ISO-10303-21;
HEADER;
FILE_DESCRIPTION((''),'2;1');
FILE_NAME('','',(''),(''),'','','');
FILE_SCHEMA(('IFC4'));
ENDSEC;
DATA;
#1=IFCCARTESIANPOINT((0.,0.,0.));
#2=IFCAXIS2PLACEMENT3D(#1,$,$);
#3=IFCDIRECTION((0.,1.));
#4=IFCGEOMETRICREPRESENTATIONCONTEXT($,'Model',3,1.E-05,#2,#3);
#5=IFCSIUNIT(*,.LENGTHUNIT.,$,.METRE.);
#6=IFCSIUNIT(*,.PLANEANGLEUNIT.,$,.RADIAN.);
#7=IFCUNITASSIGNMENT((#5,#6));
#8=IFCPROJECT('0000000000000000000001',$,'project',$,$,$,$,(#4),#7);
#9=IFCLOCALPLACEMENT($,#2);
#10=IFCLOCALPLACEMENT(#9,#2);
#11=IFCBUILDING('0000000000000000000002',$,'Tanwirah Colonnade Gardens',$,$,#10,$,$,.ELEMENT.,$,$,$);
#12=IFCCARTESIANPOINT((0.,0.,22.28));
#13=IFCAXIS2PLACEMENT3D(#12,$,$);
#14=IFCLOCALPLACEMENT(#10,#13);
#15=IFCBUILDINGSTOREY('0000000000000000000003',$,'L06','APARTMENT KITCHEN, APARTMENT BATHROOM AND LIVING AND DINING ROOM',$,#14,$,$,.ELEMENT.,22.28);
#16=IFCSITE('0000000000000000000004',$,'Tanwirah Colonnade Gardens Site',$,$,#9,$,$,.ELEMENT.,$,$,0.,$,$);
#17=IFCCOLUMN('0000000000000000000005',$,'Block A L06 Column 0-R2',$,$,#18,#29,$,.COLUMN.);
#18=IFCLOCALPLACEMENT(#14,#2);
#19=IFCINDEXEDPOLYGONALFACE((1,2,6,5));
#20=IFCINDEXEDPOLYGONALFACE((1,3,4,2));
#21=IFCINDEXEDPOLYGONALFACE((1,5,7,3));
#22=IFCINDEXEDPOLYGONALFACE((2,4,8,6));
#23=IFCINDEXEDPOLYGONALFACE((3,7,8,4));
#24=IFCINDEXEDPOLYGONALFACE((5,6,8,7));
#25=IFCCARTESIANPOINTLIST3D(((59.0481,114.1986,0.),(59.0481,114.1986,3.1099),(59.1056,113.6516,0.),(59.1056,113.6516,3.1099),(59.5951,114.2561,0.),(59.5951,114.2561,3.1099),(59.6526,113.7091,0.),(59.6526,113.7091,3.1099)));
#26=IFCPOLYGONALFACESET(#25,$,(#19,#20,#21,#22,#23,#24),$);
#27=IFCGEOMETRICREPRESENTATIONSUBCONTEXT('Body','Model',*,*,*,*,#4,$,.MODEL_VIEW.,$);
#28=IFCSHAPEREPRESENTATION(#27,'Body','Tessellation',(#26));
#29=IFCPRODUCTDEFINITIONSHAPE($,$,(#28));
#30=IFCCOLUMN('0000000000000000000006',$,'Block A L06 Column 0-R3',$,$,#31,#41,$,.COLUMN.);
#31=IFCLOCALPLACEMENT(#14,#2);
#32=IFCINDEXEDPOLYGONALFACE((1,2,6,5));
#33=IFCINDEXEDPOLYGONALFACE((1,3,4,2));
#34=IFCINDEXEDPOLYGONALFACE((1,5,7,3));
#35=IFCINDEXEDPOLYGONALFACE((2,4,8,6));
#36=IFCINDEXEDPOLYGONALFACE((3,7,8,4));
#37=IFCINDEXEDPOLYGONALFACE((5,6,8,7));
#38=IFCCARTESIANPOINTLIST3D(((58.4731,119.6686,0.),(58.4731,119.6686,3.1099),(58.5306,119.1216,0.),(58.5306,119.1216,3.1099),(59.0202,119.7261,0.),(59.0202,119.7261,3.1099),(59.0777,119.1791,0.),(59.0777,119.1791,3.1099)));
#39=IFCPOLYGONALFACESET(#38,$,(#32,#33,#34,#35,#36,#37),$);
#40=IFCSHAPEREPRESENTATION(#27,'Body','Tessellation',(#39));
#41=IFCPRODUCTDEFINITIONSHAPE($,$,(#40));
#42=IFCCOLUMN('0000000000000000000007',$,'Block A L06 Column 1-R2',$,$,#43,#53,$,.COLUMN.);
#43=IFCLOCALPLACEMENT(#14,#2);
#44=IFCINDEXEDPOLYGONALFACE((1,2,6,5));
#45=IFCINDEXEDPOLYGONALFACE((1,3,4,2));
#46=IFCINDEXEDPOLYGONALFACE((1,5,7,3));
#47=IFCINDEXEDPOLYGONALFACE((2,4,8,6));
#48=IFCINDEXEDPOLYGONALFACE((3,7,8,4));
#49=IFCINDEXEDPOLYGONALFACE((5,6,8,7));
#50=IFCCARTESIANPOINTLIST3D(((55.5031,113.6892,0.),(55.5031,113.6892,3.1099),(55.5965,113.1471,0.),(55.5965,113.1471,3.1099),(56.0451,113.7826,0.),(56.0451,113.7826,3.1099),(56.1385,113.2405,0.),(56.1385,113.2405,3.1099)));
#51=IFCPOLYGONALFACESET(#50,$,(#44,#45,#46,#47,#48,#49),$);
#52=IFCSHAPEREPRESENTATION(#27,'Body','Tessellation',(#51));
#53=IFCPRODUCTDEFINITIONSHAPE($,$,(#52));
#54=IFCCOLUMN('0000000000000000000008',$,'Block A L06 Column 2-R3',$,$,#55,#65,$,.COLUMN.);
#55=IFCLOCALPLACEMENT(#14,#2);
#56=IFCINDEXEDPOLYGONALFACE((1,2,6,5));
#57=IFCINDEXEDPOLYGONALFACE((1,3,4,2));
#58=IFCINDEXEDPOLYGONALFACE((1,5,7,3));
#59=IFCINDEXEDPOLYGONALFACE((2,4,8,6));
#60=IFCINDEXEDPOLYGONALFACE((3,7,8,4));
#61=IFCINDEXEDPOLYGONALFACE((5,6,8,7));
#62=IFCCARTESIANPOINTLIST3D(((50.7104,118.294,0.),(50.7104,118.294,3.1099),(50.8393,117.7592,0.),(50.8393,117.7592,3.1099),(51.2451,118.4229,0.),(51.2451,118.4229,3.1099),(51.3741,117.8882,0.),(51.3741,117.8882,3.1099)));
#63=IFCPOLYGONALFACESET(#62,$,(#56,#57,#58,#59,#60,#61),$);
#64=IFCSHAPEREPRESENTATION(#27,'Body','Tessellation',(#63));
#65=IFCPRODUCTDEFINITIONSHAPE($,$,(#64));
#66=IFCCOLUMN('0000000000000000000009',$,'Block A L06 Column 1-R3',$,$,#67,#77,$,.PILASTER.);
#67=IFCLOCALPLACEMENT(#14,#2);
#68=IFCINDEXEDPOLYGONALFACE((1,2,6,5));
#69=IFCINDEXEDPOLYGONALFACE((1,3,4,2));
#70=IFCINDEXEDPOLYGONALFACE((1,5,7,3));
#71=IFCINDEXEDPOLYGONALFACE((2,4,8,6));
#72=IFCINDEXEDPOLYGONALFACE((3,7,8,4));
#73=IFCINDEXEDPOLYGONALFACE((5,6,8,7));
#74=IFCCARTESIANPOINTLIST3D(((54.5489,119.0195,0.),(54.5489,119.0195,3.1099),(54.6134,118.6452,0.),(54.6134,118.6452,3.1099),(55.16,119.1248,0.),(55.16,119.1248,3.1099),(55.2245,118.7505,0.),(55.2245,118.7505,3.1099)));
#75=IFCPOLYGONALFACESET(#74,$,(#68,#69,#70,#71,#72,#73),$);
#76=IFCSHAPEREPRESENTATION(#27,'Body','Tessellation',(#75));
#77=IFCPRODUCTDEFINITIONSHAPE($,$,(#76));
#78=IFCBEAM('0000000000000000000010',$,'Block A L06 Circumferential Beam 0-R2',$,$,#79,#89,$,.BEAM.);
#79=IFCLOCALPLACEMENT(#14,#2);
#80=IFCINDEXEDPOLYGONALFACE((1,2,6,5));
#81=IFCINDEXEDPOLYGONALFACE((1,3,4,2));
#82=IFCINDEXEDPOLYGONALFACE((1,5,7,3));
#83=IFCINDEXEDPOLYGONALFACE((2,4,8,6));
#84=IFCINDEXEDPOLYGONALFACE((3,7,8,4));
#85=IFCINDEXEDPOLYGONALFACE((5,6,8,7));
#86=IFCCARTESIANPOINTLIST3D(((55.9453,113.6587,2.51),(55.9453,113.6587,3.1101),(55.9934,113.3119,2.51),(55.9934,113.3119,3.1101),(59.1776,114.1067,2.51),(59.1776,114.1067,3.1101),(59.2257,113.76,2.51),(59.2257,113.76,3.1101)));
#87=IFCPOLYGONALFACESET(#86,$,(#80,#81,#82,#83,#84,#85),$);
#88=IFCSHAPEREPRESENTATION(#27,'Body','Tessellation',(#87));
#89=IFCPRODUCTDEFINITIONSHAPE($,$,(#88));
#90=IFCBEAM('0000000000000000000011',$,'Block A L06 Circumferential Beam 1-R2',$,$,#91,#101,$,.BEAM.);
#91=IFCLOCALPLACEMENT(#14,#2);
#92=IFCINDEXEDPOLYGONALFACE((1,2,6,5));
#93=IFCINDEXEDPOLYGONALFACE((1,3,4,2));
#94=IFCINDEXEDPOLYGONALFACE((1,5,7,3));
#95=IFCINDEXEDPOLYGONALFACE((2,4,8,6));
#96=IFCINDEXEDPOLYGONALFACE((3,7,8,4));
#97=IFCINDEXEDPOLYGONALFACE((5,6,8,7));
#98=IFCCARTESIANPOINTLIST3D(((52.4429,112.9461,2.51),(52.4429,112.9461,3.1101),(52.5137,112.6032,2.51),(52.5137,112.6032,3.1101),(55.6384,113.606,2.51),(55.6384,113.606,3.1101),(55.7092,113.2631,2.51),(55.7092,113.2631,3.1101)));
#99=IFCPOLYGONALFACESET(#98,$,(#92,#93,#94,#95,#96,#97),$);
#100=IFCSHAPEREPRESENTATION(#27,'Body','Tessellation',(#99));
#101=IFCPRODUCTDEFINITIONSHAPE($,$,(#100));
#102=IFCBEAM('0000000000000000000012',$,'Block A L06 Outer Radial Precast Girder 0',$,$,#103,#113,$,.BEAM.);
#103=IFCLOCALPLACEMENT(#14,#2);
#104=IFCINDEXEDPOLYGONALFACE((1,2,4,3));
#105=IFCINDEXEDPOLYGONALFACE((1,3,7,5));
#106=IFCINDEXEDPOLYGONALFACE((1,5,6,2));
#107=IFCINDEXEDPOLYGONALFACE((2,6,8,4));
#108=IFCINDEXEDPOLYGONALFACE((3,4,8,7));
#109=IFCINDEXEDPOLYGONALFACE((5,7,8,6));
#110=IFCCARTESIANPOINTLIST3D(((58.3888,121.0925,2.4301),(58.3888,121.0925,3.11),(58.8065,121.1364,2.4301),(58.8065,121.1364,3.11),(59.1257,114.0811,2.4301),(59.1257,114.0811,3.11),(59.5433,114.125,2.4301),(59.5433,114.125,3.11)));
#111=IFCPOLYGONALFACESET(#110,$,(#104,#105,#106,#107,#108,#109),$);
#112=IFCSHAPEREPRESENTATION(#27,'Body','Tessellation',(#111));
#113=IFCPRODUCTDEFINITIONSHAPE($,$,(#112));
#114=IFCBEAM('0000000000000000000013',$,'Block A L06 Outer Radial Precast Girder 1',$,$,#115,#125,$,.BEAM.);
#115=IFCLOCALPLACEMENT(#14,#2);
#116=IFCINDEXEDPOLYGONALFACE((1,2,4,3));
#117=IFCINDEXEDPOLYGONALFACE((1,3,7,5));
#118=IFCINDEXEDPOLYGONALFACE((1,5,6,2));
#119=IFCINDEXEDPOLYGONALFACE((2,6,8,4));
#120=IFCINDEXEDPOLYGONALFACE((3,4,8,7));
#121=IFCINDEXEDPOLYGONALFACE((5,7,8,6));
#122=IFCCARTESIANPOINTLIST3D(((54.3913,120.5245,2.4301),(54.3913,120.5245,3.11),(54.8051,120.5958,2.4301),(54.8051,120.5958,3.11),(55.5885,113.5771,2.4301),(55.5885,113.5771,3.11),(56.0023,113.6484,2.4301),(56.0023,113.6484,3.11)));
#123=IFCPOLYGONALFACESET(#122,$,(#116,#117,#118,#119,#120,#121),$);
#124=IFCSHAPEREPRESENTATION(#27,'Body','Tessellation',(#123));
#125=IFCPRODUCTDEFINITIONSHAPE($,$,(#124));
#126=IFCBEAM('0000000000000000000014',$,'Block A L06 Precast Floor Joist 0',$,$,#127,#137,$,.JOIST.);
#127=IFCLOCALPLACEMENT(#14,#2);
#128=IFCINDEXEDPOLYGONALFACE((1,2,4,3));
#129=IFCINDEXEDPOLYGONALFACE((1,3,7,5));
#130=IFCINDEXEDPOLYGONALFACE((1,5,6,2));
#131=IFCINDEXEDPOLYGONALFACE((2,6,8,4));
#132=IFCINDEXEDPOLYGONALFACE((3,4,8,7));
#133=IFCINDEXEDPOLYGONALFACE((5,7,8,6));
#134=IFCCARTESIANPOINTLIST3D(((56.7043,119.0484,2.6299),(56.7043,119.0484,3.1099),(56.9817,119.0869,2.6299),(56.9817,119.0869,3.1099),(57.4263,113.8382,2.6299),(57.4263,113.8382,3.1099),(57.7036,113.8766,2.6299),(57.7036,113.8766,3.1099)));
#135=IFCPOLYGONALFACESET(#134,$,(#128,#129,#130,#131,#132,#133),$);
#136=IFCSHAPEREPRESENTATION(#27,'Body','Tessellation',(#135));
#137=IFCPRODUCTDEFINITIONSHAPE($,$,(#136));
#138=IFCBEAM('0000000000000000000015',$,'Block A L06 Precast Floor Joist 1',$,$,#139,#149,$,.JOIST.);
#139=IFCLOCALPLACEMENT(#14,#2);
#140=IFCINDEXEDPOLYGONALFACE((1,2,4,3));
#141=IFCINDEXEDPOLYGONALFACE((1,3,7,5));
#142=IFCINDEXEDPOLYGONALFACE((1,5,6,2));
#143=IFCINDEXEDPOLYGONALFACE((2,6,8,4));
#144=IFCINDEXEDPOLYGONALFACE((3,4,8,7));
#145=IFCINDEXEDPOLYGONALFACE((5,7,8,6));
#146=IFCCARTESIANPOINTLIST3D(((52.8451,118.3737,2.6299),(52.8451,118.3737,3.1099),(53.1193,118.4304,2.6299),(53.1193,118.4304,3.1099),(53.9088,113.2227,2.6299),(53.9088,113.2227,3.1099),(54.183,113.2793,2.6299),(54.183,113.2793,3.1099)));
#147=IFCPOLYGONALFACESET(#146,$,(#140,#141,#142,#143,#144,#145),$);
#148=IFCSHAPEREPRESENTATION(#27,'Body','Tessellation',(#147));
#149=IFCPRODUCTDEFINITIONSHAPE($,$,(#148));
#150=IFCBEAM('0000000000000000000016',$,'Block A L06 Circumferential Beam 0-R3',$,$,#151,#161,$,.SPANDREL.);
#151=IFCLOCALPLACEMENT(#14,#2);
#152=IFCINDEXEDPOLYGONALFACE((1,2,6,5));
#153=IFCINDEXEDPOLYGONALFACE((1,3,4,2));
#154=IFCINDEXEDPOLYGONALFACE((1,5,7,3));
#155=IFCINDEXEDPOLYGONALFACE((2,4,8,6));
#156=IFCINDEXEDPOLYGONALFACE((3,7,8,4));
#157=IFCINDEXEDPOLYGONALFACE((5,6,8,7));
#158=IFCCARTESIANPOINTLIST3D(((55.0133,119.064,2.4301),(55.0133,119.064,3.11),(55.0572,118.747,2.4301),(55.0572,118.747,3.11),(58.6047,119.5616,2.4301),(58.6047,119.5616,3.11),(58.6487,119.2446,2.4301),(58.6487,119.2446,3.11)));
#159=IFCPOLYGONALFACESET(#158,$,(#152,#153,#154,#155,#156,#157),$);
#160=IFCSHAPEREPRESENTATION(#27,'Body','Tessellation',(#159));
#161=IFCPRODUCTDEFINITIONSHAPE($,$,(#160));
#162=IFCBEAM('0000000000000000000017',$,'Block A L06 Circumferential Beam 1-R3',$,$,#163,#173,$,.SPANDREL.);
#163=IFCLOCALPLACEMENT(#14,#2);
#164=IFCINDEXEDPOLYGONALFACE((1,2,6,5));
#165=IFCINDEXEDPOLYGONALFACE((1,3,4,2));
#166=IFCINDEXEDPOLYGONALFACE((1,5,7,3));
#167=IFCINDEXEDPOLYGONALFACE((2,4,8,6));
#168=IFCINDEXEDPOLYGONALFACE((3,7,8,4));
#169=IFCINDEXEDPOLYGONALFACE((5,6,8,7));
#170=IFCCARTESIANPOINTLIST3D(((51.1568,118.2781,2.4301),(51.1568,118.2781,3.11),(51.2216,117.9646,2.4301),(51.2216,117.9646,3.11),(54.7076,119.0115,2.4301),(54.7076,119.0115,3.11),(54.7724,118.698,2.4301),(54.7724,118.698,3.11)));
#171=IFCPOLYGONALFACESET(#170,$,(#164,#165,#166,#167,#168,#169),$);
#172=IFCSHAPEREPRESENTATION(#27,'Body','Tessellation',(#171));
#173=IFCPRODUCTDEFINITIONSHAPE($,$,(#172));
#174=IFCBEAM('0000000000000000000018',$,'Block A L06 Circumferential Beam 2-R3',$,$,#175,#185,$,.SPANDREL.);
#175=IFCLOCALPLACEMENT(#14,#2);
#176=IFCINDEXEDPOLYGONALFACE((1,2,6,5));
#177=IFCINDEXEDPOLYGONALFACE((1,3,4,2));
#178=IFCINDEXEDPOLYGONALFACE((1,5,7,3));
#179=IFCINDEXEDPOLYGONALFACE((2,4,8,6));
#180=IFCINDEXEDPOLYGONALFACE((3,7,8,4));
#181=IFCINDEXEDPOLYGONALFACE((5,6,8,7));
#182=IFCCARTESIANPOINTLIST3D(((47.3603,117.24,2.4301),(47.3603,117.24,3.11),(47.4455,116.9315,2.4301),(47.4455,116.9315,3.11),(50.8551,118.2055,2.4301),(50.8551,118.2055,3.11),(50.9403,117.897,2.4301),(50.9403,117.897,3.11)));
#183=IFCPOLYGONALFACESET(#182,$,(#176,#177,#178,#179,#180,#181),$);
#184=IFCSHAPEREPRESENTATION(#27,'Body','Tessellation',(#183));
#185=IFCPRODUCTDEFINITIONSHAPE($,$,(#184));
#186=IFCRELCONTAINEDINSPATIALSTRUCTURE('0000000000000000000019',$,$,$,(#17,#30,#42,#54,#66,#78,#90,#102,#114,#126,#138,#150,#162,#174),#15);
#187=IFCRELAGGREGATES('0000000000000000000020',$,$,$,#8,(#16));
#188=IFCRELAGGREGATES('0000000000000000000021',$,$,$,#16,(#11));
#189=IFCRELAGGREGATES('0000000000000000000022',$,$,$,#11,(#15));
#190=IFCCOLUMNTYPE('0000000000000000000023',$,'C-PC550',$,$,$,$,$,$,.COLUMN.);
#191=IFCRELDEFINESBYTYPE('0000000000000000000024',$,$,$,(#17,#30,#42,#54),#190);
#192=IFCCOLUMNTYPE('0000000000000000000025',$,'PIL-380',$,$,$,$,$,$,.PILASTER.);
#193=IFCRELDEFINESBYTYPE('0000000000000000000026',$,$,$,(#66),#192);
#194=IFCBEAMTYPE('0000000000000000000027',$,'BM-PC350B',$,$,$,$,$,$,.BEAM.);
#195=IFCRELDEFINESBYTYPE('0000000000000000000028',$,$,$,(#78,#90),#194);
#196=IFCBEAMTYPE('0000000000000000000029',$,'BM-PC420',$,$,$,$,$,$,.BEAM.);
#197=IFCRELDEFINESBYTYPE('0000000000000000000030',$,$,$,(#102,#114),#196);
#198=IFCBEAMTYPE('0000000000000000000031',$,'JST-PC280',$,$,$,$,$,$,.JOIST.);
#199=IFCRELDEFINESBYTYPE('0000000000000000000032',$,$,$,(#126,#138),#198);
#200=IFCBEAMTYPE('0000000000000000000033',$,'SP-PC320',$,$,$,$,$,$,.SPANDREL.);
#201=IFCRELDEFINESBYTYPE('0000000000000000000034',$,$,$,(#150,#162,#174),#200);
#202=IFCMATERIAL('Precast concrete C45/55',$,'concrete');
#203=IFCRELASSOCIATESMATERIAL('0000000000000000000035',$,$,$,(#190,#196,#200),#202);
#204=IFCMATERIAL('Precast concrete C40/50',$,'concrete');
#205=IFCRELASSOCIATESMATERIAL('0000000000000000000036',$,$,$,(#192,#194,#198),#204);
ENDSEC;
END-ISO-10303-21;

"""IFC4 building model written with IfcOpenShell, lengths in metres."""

from ifc_helpers import new_model, si_unit, direction, frame, origin, origin_2d, place, context, subcontext, project, spatial, rectangle, extrude, material, material_profile, profile_set, type_object, element, save


model = new_model("IFC4")

# Units and contexts
model_context = context("Model", 3, precision=1e-05, world=origin(), true_north=direction((0.0, 1.0)))
body_context = subcontext(model_context, "Body", "Model", "MODEL_VIEW")
ifc_project = project(units=[si_unit("LENGTHUNIT", "METRE"), si_unit("PLANEANGLEUNIT", "RADIAN")], contexts=[model_context])

# Site, building, storey
site_placement = place(None, origin())
site = spatial("IfcSite", under=ifc_project, at=site_placement, Name="Tanwirah Colonnade Gardens Site", CompositionType="ELEMENT", RefElevation=0.0)
building_placement = place(site_placement, origin())
building = spatial("IfcBuilding", under=site, at=building_placement, Name="Tanwirah Colonnade Gardens", CompositionType="ELEMENT")
storey_placement = place(building_placement, frame((0.0, 0.0, 22.28)))
storey = spatial("IfcBuildingStorey", under=building, at=storey_placement, Name="L06", Description="APARTMENT KITCHEN, APARTMENT BATHROOM AND LIVING AND DINING ROOM", CompositionType="ELEMENT", Elevation=22.28)

# Columns
ifc_material_1 = material(Name="Precast concrete C45/55", Category="concrete")
ifc_material_profile_1 = material_profile(ifc_material_1, rectangle(XDim=0.55, YDim=0.55, at=origin_2d()), Name="PC-COL 550x550")
ifc_profile_set_1 = profile_set([ifc_material_profile_1], Name="Precast concrete C45/55")
column_type_1 = type_object("IfcColumnType", Name="C-PC550", PredefinedType="COLUMN", material=ifc_profile_set_1)
for number, where, z_axis, x_axis, name in (
    (1, (59.3503, 113.9539, 0.0), (0.0, 0.0, 1.0), (-0.104528, 0.994522, 0.0), "Block A L06 Column 0-R2"),
    (2, (58.7754, 119.4238, 0.0), (0.0, 0.0, 1.0), (-0.104528, 0.994522, 0.0), "Block A L06 Column 0-R3"),
    (3, (55.8208, 113.4648, 0.0), (0.0, 0.0, 1.0), (-0.169827, 0.985474, 0.0), "Block A L06 Column 1-R2"),
    (4, (51.0422, 118.0911, 0.0), (0.0, 0.0, 1.0), (-0.234388, 0.972143, 0.0), "Block A L06 Column 2-R3"),
):
    element("IfcColumn", number, at=place(storey_placement, frame(where, z_axis=z_axis, x_axis=x_axis)), inside=storey, type_object=column_type_1, Name=name, PredefinedType="COLUMN", context=body_context, shape_type="SweptSolid", body=[
        extrude(rectangle(XDim=0.55, YDim=0.55, at=origin_2d()), origin(), (0.0, 0.0, 1.0), 3.1099),
    ])
ifc_material_2 = material(Name="Precast concrete C40/50", Category="concrete")
ifc_material_profile_2 = material_profile(ifc_material_2, rectangle(XDim=0.3799, YDim=0.6201, at=origin_2d()), Name="PC-PIL 380x620")
ifc_profile_set_2 = profile_set([ifc_material_profile_2], Name="Precast concrete C40/50")
column_type_2 = type_object("IfcColumnType", Name="PIL-380", PredefinedType="PILASTER", material=ifc_profile_set_2)
column_placement = place(storey_placement, frame((54.8867, 118.885, 0.0), z_axis=(0.0, 0.0, 1.0), x_axis=(-0.169827, 0.985474, 0.0)))
element("IfcColumn", 5, at=column_placement, inside=storey, type_object=column_type_2, Name="Block A L06 Column 1-R3", PredefinedType="PILASTER", context=body_context, shape_type="SweptSolid", body=[
    extrude(rectangle(XDim=0.3799, YDim=0.6201, at=origin_2d()), origin(), (0.0, 0.0, 1.0), 3.1099),
])

# Beams
ifc_material_profile_3 = material_profile(ifc_material_2, rectangle(XDim=0.3501, YDim=0.6001, at=origin_2d()), Name="PC-BM 350x600")
ifc_profile_set_3 = profile_set([ifc_material_profile_3], Name="Precast concrete C40/50")
beam_type_1 = type_object("IfcBeamType", Name="BM-PC350B", PredefinedType="BEAM", material=ifc_profile_set_3)
beam_1_placement = place(storey_placement, frame((59.2017, 113.9333, 2.8101), z_axis=(-0.99053, -0.137293, 0.0), x_axis=(0.137293, -0.99053, 0.0)))
element("IfcBeam", 6, at=beam_1_placement, inside=storey, type_object=beam_type_1, Name="Block A L06 Circumferential Beam 0-R2", PredefinedType="BEAM", context=body_context, shape_type="SweptSolid", body=[
    extrude(rectangle(XDim=0.3501, YDim=0.6001, at=origin_2d()), origin(), (0.0, 0.0, 1.0), 3.2632),
])
beam_2_placement = place(storey_placement, frame((55.6738, 113.4346, 2.8101), z_axis=(-0.979336, -0.202242, 0.0), x_axis=(0.202242, -0.979336, 0.0)))
element("IfcBeam", 7, at=beam_2_placement, inside=storey, type_object=beam_type_1, Name="Block A L06 Circumferential Beam 1-R2", PredefinedType="BEAM", context=body_context, shape_type="SweptSolid", body=[
    extrude(rectangle(XDim=0.3501, YDim=0.6001, at=origin_2d()), origin(), (0.0, 0.0, 1.0), 3.2629),
])
ifc_material_profile_4 = material_profile(ifc_material_1, rectangle(XDim=0.4199, YDim=0.6799, at=origin_2d()), Name="PC-BM 420x680")
ifc_profile_set_4 = profile_set([ifc_material_profile_4], Name="Precast concrete C45/55")
beam_type_2 = type_object("IfcBeamType", Name="BM-PC420", PredefinedType="BEAM", material=ifc_profile_set_4)
beam_3_placement = place(storey_placement, frame((59.3345, 114.103, 2.77), z_axis=(-0.104512, 0.994524, 0.0), x_axis=(-0.994524, -0.104512, 0.0)))
element("IfcBeam", 8, at=beam_3_placement, inside=storey, type_object=beam_type_2, Name="Block A L06 Outer Radial Precast Girder 0", PredefinedType="BEAM", context=body_context, shape_type="SweptSolid", body=[
    extrude(rectangle(XDim=0.4199, YDim=0.6799, at=origin_2d()), origin(), (0.0, 0.0, 1.0), 7.05),
])
beam_4_placement = place(storey_placement, frame((55.7954, 113.6128, 2.77), z_axis=(-0.169827, 0.985474, 0.0), x_axis=(-0.985474, -0.169827, 0.0)))
element("IfcBeam", 9, at=beam_4_placement, inside=storey, type_object=beam_type_2, Name="Block A L06 Outer Radial Precast Girder 1", PredefinedType="BEAM", context=body_context, shape_type="SweptSolid", body=[
    extrude(rectangle(XDim=0.4199, YDim=0.6799, at=origin_2d()), origin(), (0.0, 0.0, 1.0), 7.0498),
])
ifc_material_profile_5 = material_profile(ifc_material_2, rectangle(XDim=0.28, YDim=0.48, at=origin_2d()), Name="PC-JST 280x480")
ifc_profile_set_5 = profile_set([ifc_material_profile_5], Name="Precast concrete C40/50")
beam_type_3 = type_object("IfcBeamType", Name="JST-PC280", PredefinedType="JOIST", material=ifc_profile_set_5)
beam_5_placement = place(storey_placement, frame((57.5649, 113.8574, 2.8699), z_axis=(-0.137248, 0.990537, 0.0), x_axis=(-0.990537, -0.137248, 0.0)))
element("IfcBeam", 10, at=beam_5_placement, inside=storey, type_object=beam_type_3, Name="Block A L06 Precast Floor Joist 0", PredefinedType="JOIST", context=body_context, shape_type="SweptSolid", body=[
    extrude(rectangle(XDim=0.28, YDim=0.48, at=origin_2d()), origin(), (0.0, 0.0, 1.0), 5.26),
])
beam_6_placement = place(storey_placement, frame((54.0459, 113.251, 2.8699), z_axis=(-0.202236, 0.979337, 0.0), x_axis=(-0.979337, -0.202236, 0.0)))
element("IfcBeam", 11, at=beam_6_placement, inside=storey, type_object=beam_type_3, Name="Block A L06 Precast Floor Joist 1", PredefinedType="JOIST", context=body_context, shape_type="SweptSolid", body=[
    extrude(rectangle(XDim=0.28, YDim=0.48, at=origin_2d()), origin(), (0.0, 0.0, 1.0), 5.2598),
])
ifc_material_profile_6 = material_profile(ifc_material_1, rectangle(XDim=0.3201, YDim=0.6799, at=origin_2d()), Name="PC-SP 320x680")
ifc_profile_set_6 = profile_set([ifc_material_profile_6], Name="Precast concrete C45/55")
beam_type_4 = type_object("IfcBeamType", Name="SP-PC320", PredefinedType="SPANDREL", material=ifc_profile_set_6)
for number, where, z_axis, x_axis, name in (
    (12, (58.6267, 119.4031, 2.77), (-0.990539, -0.137234, 0.0), (0.137234, -0.990539, 0.0), "Block A L06 Circumferential Beam 0-R3"),
    (13, (54.74, 118.8547, 2.77), (-0.979329, -0.202276, 0.0), (0.202276, -0.979329, 0.0), "Block A L06 Circumferential Beam 1-R3"),
    (14, (50.8977, 118.0513, 2.77), (-0.963888, -0.266307, 0.0), (0.266307, -0.963888, 0.0), "Block A L06 Circumferential Beam 2-R3"),
):
    element("IfcBeam", number, at=place(storey_placement, frame(where, z_axis=z_axis, x_axis=x_axis)), inside=storey, type_object=beam_type_4, Name=name, PredefinedType="SPANDREL", context=body_context, shape_type="SweptSolid", body=[
        extrude(rectangle(XDim=0.3201, YDim=0.6799, at=origin_2d()), origin(), (0.0, 0.0, 1.0), 3.6257),
    ])

save(model, "model.ifc")
